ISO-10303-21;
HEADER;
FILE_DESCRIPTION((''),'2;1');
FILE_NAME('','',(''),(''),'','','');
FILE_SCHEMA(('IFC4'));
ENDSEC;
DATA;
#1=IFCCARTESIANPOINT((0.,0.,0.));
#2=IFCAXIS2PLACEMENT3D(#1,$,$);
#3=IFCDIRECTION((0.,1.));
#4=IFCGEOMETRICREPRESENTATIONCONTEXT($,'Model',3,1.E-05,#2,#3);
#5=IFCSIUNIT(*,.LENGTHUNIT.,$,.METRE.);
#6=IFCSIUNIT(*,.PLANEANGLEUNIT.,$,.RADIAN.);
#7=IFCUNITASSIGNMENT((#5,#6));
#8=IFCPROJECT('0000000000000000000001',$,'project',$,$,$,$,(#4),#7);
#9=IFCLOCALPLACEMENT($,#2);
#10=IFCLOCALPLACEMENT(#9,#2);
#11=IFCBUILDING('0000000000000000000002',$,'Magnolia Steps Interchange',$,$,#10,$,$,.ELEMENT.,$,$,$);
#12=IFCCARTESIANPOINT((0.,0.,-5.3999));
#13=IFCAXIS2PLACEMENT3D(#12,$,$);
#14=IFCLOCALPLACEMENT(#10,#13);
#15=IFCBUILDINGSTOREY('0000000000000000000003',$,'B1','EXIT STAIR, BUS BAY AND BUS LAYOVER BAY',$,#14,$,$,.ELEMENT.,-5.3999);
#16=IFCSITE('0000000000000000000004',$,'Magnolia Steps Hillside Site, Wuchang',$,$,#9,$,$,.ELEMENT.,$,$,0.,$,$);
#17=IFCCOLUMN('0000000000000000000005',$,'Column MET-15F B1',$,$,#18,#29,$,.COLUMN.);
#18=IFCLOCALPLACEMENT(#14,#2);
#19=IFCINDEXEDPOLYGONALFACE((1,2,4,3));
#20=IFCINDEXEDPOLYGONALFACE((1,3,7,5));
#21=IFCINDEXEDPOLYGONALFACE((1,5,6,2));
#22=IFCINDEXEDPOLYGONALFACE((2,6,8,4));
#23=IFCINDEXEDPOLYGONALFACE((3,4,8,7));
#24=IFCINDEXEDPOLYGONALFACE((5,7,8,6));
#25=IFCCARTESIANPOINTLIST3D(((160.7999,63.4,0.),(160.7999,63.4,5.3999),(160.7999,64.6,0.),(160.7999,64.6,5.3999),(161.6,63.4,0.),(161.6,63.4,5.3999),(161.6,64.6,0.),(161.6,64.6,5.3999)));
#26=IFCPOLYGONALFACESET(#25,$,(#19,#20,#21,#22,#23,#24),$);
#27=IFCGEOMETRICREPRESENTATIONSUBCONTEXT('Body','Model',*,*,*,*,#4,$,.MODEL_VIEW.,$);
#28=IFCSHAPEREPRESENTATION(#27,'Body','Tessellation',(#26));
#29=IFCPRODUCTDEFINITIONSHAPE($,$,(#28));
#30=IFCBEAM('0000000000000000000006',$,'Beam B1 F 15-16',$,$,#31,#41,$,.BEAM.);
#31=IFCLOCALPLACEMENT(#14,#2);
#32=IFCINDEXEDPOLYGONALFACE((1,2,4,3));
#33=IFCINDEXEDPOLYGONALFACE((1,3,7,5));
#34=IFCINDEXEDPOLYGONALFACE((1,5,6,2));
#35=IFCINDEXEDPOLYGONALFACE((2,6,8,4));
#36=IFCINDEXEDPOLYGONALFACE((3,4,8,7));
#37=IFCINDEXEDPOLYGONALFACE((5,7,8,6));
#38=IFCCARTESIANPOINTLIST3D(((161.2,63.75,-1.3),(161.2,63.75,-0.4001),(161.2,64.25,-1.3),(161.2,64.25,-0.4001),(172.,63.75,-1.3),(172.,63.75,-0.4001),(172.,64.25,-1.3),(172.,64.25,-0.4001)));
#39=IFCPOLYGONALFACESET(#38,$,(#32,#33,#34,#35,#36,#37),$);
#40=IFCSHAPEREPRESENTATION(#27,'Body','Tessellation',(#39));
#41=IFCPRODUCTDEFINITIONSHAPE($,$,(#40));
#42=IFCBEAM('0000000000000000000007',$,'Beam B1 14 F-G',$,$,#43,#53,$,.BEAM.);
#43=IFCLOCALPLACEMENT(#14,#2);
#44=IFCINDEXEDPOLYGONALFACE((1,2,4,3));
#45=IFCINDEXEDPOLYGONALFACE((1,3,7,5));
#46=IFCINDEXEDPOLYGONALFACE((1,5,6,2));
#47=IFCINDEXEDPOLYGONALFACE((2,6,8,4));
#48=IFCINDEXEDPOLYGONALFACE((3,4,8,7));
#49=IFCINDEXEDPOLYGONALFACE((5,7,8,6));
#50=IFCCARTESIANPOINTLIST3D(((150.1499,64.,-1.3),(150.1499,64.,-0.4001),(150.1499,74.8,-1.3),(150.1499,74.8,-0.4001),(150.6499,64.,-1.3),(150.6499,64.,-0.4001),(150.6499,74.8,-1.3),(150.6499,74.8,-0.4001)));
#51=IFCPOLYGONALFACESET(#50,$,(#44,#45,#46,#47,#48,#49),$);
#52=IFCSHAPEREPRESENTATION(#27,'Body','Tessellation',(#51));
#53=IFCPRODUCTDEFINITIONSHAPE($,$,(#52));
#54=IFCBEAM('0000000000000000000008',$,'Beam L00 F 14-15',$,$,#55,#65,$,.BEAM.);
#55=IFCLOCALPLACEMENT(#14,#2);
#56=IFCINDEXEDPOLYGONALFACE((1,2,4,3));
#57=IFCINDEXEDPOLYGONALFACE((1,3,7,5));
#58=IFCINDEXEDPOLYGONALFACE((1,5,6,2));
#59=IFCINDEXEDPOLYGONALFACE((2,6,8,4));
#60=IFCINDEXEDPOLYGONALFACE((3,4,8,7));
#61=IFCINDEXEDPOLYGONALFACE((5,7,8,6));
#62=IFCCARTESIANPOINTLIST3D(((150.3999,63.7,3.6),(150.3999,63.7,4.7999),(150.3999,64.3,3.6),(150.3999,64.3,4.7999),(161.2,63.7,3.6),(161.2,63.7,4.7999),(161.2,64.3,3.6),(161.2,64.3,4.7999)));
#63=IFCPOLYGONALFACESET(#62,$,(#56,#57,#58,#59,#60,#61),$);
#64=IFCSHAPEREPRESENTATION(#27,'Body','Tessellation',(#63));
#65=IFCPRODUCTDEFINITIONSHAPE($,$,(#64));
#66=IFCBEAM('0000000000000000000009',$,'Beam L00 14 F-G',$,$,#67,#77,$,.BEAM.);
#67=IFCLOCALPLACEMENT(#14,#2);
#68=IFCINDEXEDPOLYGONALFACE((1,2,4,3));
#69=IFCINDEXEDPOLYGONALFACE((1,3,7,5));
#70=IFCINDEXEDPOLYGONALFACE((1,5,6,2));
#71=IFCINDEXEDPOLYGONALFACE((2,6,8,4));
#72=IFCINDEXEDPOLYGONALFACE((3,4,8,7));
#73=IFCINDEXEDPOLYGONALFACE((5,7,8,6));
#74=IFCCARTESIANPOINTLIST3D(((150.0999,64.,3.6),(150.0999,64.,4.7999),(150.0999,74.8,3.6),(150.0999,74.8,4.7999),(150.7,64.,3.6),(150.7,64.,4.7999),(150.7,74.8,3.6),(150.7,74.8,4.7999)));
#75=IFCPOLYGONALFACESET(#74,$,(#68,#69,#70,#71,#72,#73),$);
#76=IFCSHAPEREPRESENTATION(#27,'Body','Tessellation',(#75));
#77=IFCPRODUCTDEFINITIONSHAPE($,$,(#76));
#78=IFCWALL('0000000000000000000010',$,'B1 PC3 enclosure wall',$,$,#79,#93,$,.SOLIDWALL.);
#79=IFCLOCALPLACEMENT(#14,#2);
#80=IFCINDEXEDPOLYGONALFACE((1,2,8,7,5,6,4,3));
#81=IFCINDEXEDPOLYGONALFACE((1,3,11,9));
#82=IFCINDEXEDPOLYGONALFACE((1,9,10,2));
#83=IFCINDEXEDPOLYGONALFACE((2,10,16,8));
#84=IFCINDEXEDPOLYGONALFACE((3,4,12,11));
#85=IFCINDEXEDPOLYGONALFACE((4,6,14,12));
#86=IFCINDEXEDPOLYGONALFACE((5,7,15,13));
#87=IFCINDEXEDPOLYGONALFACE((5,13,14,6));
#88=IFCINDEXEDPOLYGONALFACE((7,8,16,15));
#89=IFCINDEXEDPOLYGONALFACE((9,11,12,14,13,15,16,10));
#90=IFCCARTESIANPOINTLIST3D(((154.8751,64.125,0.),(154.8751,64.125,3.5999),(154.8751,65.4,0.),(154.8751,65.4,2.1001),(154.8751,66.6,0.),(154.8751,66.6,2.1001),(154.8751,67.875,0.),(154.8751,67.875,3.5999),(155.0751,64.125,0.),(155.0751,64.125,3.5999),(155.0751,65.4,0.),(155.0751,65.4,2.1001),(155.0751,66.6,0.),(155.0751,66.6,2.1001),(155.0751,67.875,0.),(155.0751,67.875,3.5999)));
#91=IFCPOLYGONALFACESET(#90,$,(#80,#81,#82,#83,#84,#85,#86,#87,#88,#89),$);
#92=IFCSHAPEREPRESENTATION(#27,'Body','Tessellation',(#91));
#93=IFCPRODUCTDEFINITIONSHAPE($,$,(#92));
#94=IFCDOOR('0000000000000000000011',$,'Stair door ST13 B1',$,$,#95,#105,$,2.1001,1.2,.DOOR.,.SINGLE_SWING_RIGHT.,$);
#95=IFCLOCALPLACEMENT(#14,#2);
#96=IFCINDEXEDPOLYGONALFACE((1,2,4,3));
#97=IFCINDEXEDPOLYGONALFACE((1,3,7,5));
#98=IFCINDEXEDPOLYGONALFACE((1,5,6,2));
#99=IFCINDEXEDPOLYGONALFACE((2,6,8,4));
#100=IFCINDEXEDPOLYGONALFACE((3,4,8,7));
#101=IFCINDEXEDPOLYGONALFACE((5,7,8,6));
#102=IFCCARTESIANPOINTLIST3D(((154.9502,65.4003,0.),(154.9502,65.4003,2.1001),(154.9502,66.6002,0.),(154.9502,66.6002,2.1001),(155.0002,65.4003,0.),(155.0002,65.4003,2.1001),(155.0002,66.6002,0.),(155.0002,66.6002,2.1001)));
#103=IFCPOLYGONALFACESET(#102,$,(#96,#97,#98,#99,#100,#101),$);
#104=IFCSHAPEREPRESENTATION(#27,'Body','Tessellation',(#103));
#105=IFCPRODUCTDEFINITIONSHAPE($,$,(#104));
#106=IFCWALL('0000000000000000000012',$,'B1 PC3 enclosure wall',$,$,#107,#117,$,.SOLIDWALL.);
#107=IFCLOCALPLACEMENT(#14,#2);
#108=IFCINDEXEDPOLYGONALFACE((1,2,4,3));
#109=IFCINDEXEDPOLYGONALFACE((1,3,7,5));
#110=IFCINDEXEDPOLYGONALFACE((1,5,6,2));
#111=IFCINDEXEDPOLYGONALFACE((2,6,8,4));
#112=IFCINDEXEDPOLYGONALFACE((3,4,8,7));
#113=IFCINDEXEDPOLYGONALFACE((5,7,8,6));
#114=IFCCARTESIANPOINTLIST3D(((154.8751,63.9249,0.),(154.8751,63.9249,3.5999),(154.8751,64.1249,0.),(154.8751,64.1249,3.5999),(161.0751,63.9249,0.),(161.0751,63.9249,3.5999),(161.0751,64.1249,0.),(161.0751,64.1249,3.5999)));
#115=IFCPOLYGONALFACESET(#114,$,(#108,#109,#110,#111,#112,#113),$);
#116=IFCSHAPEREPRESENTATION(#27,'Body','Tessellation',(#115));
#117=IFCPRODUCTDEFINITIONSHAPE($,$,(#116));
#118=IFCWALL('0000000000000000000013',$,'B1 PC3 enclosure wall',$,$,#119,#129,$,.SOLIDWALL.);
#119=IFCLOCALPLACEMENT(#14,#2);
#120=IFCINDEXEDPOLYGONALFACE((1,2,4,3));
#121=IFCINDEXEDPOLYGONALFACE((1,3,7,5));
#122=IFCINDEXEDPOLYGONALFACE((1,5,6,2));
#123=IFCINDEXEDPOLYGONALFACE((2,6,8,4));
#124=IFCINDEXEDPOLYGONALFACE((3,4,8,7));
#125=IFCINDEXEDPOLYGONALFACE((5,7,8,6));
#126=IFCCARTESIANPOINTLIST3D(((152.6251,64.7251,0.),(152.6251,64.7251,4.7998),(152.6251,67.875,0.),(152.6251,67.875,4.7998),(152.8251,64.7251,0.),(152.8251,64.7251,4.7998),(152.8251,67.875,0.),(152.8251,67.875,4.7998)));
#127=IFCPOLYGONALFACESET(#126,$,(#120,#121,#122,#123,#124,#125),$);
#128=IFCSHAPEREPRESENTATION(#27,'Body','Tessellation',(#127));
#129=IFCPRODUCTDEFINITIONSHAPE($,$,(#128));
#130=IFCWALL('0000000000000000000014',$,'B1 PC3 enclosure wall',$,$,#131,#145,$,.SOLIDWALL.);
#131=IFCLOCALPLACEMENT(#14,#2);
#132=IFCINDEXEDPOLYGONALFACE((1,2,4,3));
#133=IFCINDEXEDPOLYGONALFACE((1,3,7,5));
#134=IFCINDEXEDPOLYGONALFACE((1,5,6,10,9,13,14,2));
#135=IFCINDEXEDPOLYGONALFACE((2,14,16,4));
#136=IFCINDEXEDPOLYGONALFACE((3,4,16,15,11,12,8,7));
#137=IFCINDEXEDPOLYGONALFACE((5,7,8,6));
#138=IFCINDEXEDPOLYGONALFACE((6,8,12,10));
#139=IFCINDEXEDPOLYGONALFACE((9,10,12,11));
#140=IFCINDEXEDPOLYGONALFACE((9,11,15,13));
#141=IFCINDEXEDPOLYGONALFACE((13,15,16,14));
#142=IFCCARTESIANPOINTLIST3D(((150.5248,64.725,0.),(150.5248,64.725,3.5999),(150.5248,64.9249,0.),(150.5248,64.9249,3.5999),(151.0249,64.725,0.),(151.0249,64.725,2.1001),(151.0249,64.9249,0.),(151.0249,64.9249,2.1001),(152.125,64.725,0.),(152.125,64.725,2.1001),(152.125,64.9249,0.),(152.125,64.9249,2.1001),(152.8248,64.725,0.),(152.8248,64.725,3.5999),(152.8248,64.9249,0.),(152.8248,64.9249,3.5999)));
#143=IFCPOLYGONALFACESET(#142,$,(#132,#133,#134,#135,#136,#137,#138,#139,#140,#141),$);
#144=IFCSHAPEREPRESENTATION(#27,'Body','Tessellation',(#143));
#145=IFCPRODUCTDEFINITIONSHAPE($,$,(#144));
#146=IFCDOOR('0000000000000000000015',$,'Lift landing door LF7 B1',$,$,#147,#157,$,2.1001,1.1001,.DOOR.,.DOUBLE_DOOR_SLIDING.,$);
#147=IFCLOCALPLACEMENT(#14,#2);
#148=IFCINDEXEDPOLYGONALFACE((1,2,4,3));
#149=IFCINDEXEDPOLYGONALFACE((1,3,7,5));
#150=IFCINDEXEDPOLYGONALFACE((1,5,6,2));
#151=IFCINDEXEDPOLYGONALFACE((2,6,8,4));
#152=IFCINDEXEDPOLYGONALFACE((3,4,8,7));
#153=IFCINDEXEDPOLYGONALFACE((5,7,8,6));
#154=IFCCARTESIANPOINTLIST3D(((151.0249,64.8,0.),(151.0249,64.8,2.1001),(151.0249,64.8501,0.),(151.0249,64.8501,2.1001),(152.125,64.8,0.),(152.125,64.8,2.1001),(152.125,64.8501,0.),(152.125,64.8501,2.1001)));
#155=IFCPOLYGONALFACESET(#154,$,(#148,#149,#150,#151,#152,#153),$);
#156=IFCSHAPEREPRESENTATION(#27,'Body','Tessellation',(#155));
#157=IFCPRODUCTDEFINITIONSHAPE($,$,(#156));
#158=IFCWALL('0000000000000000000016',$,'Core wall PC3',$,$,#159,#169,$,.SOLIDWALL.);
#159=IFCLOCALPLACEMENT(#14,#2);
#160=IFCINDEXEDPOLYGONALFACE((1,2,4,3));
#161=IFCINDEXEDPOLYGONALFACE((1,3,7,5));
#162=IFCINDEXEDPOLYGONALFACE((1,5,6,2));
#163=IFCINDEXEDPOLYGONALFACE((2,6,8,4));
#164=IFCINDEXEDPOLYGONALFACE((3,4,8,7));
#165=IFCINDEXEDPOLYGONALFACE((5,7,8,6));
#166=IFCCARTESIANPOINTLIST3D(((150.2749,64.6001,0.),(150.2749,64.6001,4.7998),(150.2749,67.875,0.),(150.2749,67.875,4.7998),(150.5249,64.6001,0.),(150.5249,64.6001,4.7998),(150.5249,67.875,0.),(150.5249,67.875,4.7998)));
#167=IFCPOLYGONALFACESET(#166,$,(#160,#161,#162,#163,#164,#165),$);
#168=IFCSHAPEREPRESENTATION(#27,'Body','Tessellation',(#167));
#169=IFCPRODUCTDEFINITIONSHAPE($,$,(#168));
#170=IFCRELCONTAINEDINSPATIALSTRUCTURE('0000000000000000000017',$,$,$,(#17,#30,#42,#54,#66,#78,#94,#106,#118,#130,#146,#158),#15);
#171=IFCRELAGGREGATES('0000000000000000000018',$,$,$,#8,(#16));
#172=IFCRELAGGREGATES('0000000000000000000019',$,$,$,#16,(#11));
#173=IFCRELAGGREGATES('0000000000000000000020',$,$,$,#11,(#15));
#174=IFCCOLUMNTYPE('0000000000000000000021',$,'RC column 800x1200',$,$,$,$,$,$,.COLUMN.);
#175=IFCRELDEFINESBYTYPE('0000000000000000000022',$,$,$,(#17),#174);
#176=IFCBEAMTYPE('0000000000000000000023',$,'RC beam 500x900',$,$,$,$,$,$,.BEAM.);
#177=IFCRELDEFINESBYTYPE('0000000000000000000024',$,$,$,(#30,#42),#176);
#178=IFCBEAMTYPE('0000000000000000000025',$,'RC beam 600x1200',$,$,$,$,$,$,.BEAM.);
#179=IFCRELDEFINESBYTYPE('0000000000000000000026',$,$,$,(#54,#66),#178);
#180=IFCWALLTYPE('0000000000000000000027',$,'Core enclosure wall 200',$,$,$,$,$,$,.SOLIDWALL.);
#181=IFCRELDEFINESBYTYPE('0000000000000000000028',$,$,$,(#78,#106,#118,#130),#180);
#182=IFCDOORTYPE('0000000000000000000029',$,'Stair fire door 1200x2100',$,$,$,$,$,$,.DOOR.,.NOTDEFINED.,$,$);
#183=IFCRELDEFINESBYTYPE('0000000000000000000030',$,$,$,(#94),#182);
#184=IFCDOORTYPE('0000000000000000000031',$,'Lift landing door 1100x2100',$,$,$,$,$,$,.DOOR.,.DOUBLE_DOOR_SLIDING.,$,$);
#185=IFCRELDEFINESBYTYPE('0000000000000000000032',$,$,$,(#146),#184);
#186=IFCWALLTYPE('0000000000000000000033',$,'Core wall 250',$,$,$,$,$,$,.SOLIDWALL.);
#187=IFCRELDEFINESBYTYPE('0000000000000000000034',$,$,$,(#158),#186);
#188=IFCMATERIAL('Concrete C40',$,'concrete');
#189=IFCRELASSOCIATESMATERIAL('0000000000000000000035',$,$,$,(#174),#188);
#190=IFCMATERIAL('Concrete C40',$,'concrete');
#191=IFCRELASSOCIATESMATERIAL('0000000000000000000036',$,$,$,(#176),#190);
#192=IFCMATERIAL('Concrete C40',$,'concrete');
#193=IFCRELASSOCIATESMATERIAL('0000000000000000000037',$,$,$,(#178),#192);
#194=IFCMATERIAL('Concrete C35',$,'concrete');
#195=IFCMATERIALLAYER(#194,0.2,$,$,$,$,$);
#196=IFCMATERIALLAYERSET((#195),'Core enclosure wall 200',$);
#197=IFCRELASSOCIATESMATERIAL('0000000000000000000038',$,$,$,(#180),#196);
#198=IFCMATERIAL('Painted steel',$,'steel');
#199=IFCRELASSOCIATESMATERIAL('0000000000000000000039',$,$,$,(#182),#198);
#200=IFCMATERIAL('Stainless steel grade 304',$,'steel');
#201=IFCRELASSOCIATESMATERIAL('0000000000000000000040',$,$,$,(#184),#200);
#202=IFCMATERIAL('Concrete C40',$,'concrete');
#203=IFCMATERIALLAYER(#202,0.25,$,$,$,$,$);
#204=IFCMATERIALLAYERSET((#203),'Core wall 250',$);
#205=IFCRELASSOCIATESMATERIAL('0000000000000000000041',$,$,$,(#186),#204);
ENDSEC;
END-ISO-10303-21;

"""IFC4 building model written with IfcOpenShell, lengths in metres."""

from ifc_helpers import new_model, si_unit, direction, frame, frame_2d, origin, origin_2d, place, context, subcontext, project, spatial, rectangle, extrude, material, layer, layer_set, material_profile, profile_set, type_object, element, fill, save


model = new_model("IFC4")

# Units and contexts
model_context = context("Model", 3, precision=1e-05, world=origin(), true_north=direction((0.0, 1.0)))
body_context = subcontext(model_context, "Body", "Model", "MODEL_VIEW")
ifc_project = project(units=[si_unit("LENGTHUNIT", "METRE"), si_unit("PLANEANGLEUNIT", "RADIAN")], contexts=[model_context])

# Site, building, storey
site_placement = place(None, origin())
site = spatial("IfcSite", under=ifc_project, at=site_placement, Name="Magnolia Steps Hillside Site, Wuchang", CompositionType="ELEMENT", RefElevation=0.0)
building_placement = place(site_placement, origin())
building = spatial("IfcBuilding", under=site, at=building_placement, Name="Magnolia Steps Interchange", CompositionType="ELEMENT")
storey_placement = place(building_placement, frame((0.0, 0.0, -5.3999)))
storey = spatial("IfcBuildingStorey", under=building, at=storey_placement, Name="B1", Description="EXIT STAIR, BUS BAY AND BUS LAYOVER BAY", CompositionType="ELEMENT", Elevation=-5.3999)

# Column
ifc_material_1 = material(Name="Concrete C40", Category="concrete")
ifc_material_profile_1 = material_profile(ifc_material_1, rectangle(XDim=0.8, YDim=1.2, at=origin_2d()), Name="RC800x1200")
ifc_profile_set_1 = profile_set([ifc_material_profile_1], Name="Concrete C40")
column_type = type_object("IfcColumnType", Name="RC column 800x1200", PredefinedType="COLUMN", material=ifc_profile_set_1)
column_placement = place(storey_placement, frame((161.2, 64.0, 0.0), z_axis=(0.0, 0.0, 1.0), x_axis=(1.0, 0.0, 0.0)))
element("IfcColumn", 1, at=column_placement, inside=storey, type_object=column_type, Name="Column MET-15F B1", PredefinedType="COLUMN", context=body_context, shape_type="SweptSolid", body=[
    extrude(rectangle(XDim=0.8, YDim=1.2, at=origin_2d()), origin(), (0.0, 0.0, 1.0), 5.3999),
])

# Beams
ifc_material_2 = material(Name="Concrete C40", Category="concrete")
ifc_material_profile_2 = material_profile(ifc_material_2, rectangle(XDim=0.5, YDim=0.8999, at=origin_2d()), Name="RC500x900")
ifc_profile_set_2 = profile_set([ifc_material_profile_2], Name="Concrete C40")
beam_type_1 = type_object("IfcBeamType", Name="RC beam 500x900", PredefinedType="BEAM", material=ifc_profile_set_2)
for number, where, z_axis, x_axis, name in (
    (2, (161.2, 64.0, -0.8501), (1.0, 0.0, 0.0), (0.0, 1.0, 0.0), "Beam B1 F 15-16"),
    (3, (150.3999, 64.0, -0.8501), (0.0, 1.0, 0.0), (-1.0, 0.0, 0.0), "Beam B1 14 F-G"),
):
    element("IfcBeam", number, at=place(storey_placement, frame(where, z_axis=z_axis, x_axis=x_axis)), inside=storey, type_object=beam_type_1, Name=name, PredefinedType="BEAM", context=body_context, shape_type="SweptSolid", body=[
        extrude(rectangle(XDim=0.5, YDim=0.8999, at=origin_2d()), origin(), (0.0, 0.0, 1.0), 10.8),
    ])
ifc_material_3 = material(Name="Concrete C40", Category="concrete")
ifc_material_profile_3 = material_profile(ifc_material_3, rectangle(XDim=0.6001, YDim=1.2, at=origin_2d()), Name="RC600x1200")
ifc_profile_set_3 = profile_set([ifc_material_profile_3], Name="Concrete C40")
beam_type_2 = type_object("IfcBeamType", Name="RC beam 600x1200", PredefinedType="BEAM", material=ifc_profile_set_3)
for number, where, z_axis, x_axis, name in (
    (4, (150.3999, 64.0, 4.2), (1.0, 0.0, 0.0), (0.0, 1.0, 0.0), "Beam L00 F 14-15"),
    (5, (150.3999, 64.0, 4.2), (0.0, 1.0, 0.0), (-1.0, 0.0, 0.0), "Beam L00 14 F-G"),
):
    element("IfcBeam", number, at=place(storey_placement, frame(where, z_axis=z_axis, x_axis=x_axis)), inside=storey, type_object=beam_type_2, Name=name, PredefinedType="BEAM", context=body_context, shape_type="SweptSolid", body=[
        extrude(rectangle(XDim=0.6001, YDim=1.2, at=origin_2d()), origin(), (0.0, 0.0, 1.0), 10.8),
    ])

# Wall, opening, door
ifc_material_4 = material(Name="Concrete C35", Category="concrete")
ifc_layer_1 = layer(ifc_material_4, 0.2)
ifc_layer_set_1 = layer_set([ifc_layer_1], Name="Core enclosure wall 200")
wall_type_1 = type_object("IfcWallType", Name="Core enclosure wall 200", PredefinedType="SOLIDWALL", material=ifc_layer_set_1)
wall_1_placement = place(storey_placement, frame((154.9751, 67.875, 0.0), z_axis=(0.0, 0.0, 1.0), x_axis=(0.0, -1.0, 0.0)))
wall_1 = element("IfcWall", 6, at=wall_1_placement, inside=storey, type_object=wall_type_1, Name="B1 PC3 enclosure wall", PredefinedType="SOLIDWALL", context=body_context, shape_type="SweptSolid", body=[
    extrude(rectangle(XDim=3.75, YDim=0.2, at=frame_2d((1.875, 0.0))), origin(), (0.0, 0.0, 1.0), 3.5999),
])
opening_1_placement = place(wall_1_placement, frame((1.2749, 0.0, 0.0)))
opening_1 = element("IfcOpeningElement", 7, at=opening_1_placement, cuts=wall_1, PredefinedType="OPENING", context=body_context, shape_type="SweptSolid", body=[
    extrude(rectangle(XDim=1.2, YDim=2.1001, at=frame_2d((0.6001, 1.05))), frame((0.0, 0.1099, 0.0), z_axis=(0.0, -1.0, 0.0), x_axis=(1.0, 0.0, 0.0)), (0.0, 0.0, 1.0), 0.22),
])
ifc_material_5 = material(Name="Painted steel", Category="steel")
door_type_1 = type_object("IfcDoorType", Name="Stair fire door 1200x2100", OperationType="NOTDEFINED", PredefinedType="DOOR", material=ifc_material_5)
door_1_placement = place(opening_1_placement, frame((1.2, 0.0, 0.0), z_axis=(0.0, 0.0, 1.0), x_axis=(-1.0, 0.0, 0.0)))
door_1 = element("IfcDoor", 8, at=door_1_placement, inside=storey, type_object=door_type_1, Name="Stair door ST13 B1", OperationType="SINGLE_SWING_RIGHT", OverallHeight=2.1001, OverallWidth=1.2, PredefinedType="DOOR", context=body_context, shape_type="SweptSolid", body=[
    extrude(rectangle(XDim=1.2, YDim=2.1001, at=frame_2d((0.6001, 1.05))), frame((0.0, 0.0249, 0.0), z_axis=(0.0, -1.0, 0.0), x_axis=(1.0, 0.0, 0.0)), (0.0, 0.0, 1.0), 0.05),
])
fill(opening_1, door_1)

# Walls
wall_2_placement = place(storey_placement, frame((154.875, 64.0249, 0.0), z_axis=(0.0, 0.0, 1.0), x_axis=(1.0, 0.0, 0.0)))
element("IfcWall", 9, at=wall_2_placement, inside=storey, type_object=wall_type_1, Name="B1 PC3 enclosure wall", PredefinedType="SOLIDWALL", context=body_context, shape_type="SweptSolid", body=[
    extrude(rectangle(XDim=6.2, YDim=0.2, at=frame_2d((3.1001, 0.0))), origin(), (0.0, 0.0, 1.0), 3.5999),
])
wall_3_placement = place(storey_placement, frame((152.7251, 67.875, 0.0), z_axis=(0.0, 0.0, 1.0), x_axis=(0.0, -1.0, 0.0)))
element("IfcWall", 10, at=wall_3_placement, inside=storey, type_object=wall_type_1, Name="B1 PC3 enclosure wall", PredefinedType="SOLIDWALL", context=body_context, shape_type="SweptSolid", body=[
    extrude(rectangle(XDim=3.1499, YDim=0.2, at=frame_2d((1.575, 0.0))), origin(), (0.0, 0.0, 1.0), 4.7998),
])

# Wall, opening, door
wall_4_placement = place(storey_placement, frame((150.5249, 64.825, 0.0), z_axis=(0.0, 0.0, 1.0), x_axis=(1.0, 0.0, 0.0)))
wall_4 = element("IfcWall", 11, at=wall_4_placement, inside=storey, type_object=wall_type_1, Name="B1 PC3 enclosure wall", PredefinedType="SOLIDWALL", context=body_context, shape_type="SweptSolid", body=[
    extrude(rectangle(XDim=2.3, YDim=0.2, at=frame_2d((1.1499, 0.0))), origin(), (0.0, 0.0, 1.0), 3.5999),
])
opening_2_placement = place(wall_4_placement, frame((0.5, 0.0, 0.0)))
opening_2 = element("IfcOpeningElement", 12, at=opening_2_placement, cuts=wall_4, PredefinedType="OPENING", context=body_context, shape_type="SweptSolid", body=[
    extrude(rectangle(XDim=1.1001, YDim=2.1001, at=frame_2d((0.55, 1.05))), frame((0.0, 0.1099, 0.0), z_axis=(0.0, -1.0, 0.0), x_axis=(1.0, 0.0, 0.0)), (0.0, 0.0, 1.0), 0.22),
])
ifc_material_6 = material(Name="Stainless steel grade 304", Category="steel")
door_type_2 = type_object("IfcDoorType", Name="Lift landing door 1100x2100", OperationType="DOUBLE_DOOR_SLIDING", PredefinedType="DOOR", material=ifc_material_6)
door_2_placement = place(opening_2_placement, frame((1.1001, 0.0, 0.0), z_axis=(0.0, 0.0, 1.0), x_axis=(-1.0, 0.0, 0.0)))
door_2 = element("IfcDoor", 13, at=door_2_placement, inside=storey, type_object=door_type_2, Name="Lift landing door LF7 B1", OperationType="DOUBLE_DOOR_SLIDING", OverallHeight=2.1001, OverallWidth=1.1001, PredefinedType="DOOR", context=body_context, shape_type="SweptSolid", body=[
    extrude(rectangle(XDim=1.1001, YDim=2.1001, at=frame_2d((0.55, 1.05))), frame((0.0, 0.0249, 0.0), z_axis=(0.0, -1.0, 0.0), x_axis=(1.0, 0.0, 0.0)), (0.0, 0.0, 1.0), 0.05),
])
fill(opening_2, door_2)

# Wall
ifc_material_7 = material(Name="Concrete C40", Category="concrete")
ifc_layer_2 = layer(ifc_material_7, 0.25)
ifc_layer_set_2 = layer_set([ifc_layer_2], Name="Core wall 250")
wall_type_2 = type_object("IfcWallType", Name="Core wall 250", PredefinedType="SOLIDWALL", material=ifc_layer_set_2)
wall_5_placement = place(storey_placement, frame((150.3999, 67.875, 0.0), z_axis=(0.0, 0.0, 1.0), x_axis=(0.0, -1.0, 0.0)))
element("IfcWall", 14, at=wall_5_placement, inside=storey, type_object=wall_type_2, Name="Core wall PC3", PredefinedType="SOLIDWALL", context=body_context, shape_type="SweptSolid", body=[
    extrude(rectangle(XDim=3.2749, YDim=0.25, at=frame_2d((1.6375, 0.0))), origin(), (0.0, 0.0, 1.0), 4.7998),
])

save(model, "model.ifc")
